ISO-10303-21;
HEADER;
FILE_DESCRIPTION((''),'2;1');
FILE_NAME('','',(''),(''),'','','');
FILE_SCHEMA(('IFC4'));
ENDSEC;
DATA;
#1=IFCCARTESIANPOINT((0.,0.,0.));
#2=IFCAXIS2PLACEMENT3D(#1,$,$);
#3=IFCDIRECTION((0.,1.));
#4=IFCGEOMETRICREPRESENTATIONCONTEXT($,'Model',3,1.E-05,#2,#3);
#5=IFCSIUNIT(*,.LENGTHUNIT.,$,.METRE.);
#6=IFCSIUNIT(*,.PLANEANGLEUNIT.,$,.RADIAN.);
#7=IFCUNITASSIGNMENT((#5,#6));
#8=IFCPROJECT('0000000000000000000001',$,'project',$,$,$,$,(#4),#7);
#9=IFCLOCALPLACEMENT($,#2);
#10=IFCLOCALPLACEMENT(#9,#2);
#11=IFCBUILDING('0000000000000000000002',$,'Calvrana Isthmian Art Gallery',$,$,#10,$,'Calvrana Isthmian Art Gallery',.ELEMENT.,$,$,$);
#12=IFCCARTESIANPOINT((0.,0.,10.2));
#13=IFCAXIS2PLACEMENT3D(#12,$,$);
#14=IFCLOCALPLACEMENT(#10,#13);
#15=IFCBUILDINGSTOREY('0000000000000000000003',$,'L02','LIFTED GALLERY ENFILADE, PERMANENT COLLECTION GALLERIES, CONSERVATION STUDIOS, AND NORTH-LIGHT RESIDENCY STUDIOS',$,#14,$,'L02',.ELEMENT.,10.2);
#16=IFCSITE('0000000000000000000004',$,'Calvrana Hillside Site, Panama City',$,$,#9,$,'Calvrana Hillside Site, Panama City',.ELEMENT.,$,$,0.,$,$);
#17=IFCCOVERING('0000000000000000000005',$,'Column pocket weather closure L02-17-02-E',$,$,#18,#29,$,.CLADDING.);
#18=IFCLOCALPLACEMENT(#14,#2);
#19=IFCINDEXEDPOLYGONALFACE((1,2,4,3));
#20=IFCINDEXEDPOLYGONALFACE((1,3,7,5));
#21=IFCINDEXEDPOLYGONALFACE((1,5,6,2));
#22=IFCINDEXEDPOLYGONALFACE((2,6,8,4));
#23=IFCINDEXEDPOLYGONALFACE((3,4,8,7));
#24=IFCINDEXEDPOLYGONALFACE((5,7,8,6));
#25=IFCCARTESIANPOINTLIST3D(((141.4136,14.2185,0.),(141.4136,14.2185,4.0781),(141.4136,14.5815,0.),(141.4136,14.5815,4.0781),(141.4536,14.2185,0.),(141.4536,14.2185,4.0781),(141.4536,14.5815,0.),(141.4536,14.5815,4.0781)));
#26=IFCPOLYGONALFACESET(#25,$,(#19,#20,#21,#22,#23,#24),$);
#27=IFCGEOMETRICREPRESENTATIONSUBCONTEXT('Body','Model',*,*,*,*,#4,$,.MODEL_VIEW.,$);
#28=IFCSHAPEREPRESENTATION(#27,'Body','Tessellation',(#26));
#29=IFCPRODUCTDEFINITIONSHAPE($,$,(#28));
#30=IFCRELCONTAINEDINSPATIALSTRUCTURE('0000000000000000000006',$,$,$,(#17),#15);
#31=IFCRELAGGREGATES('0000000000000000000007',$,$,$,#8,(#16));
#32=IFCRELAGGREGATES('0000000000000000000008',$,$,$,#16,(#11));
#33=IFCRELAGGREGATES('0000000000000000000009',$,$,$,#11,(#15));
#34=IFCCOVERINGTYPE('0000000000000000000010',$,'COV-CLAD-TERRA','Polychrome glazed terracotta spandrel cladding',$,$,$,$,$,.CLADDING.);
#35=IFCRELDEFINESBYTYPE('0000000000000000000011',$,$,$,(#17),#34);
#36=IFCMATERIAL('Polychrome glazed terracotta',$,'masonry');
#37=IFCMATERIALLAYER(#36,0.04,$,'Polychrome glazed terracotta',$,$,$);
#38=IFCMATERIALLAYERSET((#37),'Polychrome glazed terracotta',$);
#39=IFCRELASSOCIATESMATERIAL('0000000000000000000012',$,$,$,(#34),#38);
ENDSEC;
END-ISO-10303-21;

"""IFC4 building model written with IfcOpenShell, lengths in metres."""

from ifc_helpers import new_model, si_unit, direction, frame, origin, place, context, subcontext, project, spatial, polyline, outline, extrude, material, layer, layer_set, type_object, element, save


model = new_model("IFC4")

# Units and contexts
model_context = context("Model", 3, precision=1e-05, world=origin(), true_north=direction((0.0, 1.0)))
body_context = subcontext(model_context, "Body", "Model", "MODEL_VIEW")
ifc_project = project(units=[si_unit("LENGTHUNIT", "METRE"), si_unit("PLANEANGLEUNIT", "RADIAN")], contexts=[model_context])

# Site, building, storey
site_placement = place(None, origin())
site = spatial("IfcSite", under=ifc_project, at=site_placement, Name="Calvrana Hillside Site, Panama City", LongName="Calvrana Hillside Site, Panama City", CompositionType="ELEMENT", RefElevation=0.0)
building_placement = place(site_placement, origin())
building = spatial("IfcBuilding", under=site, at=building_placement, Name="Calvrana Isthmian Art Gallery", LongName="Calvrana Isthmian Art Gallery", CompositionType="ELEMENT")
storey_placement = place(building_placement, frame((0.0, 0.0, 10.2)))
storey = spatial("IfcBuildingStorey", under=building, at=storey_placement, Name="L02", Description="LIFTED GALLERY ENFILADE, PERMANENT COLLECTION GALLERIES, CONSERVATION STUDIOS, AND NORTH-LIGHT RESIDENCY STUDIOS", LongName="L02", CompositionType="ELEMENT", Elevation=10.2)

# Covering
ifc_material_1 = material(Name="Polychrome glazed terracotta", Category="masonry")
ifc_layer_1 = layer(ifc_material_1, 0.04, Name="Polychrome glazed terracotta")
ifc_layer_set_1 = layer_set([ifc_layer_1], Name="Polychrome glazed terracotta")
covering_type = type_object("IfcCoveringType", Name="COV-CLAD-TERRA", Description="Polychrome glazed terracotta spandrel cladding", PredefinedType="CLADDING", material=ifc_layer_set_1)
covering_1_placement = place(storey_placement, origin())
element("IfcCovering", 1, at=covering_1_placement, inside=storey, type_object=covering_type, Name="Column pocket weather closure L02-17-02-E", PredefinedType="CLADDING", context=body_context, shape_type="SweptSolid", body=[
    extrude(outline(polyline([(141.4136, 14.2185), (141.4536, 14.2185), (141.4536, 14.5815), (141.4136, 14.5815), (141.4136, 14.2185)])), origin(), (0.0, 0.0, 1.0), 4.0781),
])

save(model, "model.ifc")
